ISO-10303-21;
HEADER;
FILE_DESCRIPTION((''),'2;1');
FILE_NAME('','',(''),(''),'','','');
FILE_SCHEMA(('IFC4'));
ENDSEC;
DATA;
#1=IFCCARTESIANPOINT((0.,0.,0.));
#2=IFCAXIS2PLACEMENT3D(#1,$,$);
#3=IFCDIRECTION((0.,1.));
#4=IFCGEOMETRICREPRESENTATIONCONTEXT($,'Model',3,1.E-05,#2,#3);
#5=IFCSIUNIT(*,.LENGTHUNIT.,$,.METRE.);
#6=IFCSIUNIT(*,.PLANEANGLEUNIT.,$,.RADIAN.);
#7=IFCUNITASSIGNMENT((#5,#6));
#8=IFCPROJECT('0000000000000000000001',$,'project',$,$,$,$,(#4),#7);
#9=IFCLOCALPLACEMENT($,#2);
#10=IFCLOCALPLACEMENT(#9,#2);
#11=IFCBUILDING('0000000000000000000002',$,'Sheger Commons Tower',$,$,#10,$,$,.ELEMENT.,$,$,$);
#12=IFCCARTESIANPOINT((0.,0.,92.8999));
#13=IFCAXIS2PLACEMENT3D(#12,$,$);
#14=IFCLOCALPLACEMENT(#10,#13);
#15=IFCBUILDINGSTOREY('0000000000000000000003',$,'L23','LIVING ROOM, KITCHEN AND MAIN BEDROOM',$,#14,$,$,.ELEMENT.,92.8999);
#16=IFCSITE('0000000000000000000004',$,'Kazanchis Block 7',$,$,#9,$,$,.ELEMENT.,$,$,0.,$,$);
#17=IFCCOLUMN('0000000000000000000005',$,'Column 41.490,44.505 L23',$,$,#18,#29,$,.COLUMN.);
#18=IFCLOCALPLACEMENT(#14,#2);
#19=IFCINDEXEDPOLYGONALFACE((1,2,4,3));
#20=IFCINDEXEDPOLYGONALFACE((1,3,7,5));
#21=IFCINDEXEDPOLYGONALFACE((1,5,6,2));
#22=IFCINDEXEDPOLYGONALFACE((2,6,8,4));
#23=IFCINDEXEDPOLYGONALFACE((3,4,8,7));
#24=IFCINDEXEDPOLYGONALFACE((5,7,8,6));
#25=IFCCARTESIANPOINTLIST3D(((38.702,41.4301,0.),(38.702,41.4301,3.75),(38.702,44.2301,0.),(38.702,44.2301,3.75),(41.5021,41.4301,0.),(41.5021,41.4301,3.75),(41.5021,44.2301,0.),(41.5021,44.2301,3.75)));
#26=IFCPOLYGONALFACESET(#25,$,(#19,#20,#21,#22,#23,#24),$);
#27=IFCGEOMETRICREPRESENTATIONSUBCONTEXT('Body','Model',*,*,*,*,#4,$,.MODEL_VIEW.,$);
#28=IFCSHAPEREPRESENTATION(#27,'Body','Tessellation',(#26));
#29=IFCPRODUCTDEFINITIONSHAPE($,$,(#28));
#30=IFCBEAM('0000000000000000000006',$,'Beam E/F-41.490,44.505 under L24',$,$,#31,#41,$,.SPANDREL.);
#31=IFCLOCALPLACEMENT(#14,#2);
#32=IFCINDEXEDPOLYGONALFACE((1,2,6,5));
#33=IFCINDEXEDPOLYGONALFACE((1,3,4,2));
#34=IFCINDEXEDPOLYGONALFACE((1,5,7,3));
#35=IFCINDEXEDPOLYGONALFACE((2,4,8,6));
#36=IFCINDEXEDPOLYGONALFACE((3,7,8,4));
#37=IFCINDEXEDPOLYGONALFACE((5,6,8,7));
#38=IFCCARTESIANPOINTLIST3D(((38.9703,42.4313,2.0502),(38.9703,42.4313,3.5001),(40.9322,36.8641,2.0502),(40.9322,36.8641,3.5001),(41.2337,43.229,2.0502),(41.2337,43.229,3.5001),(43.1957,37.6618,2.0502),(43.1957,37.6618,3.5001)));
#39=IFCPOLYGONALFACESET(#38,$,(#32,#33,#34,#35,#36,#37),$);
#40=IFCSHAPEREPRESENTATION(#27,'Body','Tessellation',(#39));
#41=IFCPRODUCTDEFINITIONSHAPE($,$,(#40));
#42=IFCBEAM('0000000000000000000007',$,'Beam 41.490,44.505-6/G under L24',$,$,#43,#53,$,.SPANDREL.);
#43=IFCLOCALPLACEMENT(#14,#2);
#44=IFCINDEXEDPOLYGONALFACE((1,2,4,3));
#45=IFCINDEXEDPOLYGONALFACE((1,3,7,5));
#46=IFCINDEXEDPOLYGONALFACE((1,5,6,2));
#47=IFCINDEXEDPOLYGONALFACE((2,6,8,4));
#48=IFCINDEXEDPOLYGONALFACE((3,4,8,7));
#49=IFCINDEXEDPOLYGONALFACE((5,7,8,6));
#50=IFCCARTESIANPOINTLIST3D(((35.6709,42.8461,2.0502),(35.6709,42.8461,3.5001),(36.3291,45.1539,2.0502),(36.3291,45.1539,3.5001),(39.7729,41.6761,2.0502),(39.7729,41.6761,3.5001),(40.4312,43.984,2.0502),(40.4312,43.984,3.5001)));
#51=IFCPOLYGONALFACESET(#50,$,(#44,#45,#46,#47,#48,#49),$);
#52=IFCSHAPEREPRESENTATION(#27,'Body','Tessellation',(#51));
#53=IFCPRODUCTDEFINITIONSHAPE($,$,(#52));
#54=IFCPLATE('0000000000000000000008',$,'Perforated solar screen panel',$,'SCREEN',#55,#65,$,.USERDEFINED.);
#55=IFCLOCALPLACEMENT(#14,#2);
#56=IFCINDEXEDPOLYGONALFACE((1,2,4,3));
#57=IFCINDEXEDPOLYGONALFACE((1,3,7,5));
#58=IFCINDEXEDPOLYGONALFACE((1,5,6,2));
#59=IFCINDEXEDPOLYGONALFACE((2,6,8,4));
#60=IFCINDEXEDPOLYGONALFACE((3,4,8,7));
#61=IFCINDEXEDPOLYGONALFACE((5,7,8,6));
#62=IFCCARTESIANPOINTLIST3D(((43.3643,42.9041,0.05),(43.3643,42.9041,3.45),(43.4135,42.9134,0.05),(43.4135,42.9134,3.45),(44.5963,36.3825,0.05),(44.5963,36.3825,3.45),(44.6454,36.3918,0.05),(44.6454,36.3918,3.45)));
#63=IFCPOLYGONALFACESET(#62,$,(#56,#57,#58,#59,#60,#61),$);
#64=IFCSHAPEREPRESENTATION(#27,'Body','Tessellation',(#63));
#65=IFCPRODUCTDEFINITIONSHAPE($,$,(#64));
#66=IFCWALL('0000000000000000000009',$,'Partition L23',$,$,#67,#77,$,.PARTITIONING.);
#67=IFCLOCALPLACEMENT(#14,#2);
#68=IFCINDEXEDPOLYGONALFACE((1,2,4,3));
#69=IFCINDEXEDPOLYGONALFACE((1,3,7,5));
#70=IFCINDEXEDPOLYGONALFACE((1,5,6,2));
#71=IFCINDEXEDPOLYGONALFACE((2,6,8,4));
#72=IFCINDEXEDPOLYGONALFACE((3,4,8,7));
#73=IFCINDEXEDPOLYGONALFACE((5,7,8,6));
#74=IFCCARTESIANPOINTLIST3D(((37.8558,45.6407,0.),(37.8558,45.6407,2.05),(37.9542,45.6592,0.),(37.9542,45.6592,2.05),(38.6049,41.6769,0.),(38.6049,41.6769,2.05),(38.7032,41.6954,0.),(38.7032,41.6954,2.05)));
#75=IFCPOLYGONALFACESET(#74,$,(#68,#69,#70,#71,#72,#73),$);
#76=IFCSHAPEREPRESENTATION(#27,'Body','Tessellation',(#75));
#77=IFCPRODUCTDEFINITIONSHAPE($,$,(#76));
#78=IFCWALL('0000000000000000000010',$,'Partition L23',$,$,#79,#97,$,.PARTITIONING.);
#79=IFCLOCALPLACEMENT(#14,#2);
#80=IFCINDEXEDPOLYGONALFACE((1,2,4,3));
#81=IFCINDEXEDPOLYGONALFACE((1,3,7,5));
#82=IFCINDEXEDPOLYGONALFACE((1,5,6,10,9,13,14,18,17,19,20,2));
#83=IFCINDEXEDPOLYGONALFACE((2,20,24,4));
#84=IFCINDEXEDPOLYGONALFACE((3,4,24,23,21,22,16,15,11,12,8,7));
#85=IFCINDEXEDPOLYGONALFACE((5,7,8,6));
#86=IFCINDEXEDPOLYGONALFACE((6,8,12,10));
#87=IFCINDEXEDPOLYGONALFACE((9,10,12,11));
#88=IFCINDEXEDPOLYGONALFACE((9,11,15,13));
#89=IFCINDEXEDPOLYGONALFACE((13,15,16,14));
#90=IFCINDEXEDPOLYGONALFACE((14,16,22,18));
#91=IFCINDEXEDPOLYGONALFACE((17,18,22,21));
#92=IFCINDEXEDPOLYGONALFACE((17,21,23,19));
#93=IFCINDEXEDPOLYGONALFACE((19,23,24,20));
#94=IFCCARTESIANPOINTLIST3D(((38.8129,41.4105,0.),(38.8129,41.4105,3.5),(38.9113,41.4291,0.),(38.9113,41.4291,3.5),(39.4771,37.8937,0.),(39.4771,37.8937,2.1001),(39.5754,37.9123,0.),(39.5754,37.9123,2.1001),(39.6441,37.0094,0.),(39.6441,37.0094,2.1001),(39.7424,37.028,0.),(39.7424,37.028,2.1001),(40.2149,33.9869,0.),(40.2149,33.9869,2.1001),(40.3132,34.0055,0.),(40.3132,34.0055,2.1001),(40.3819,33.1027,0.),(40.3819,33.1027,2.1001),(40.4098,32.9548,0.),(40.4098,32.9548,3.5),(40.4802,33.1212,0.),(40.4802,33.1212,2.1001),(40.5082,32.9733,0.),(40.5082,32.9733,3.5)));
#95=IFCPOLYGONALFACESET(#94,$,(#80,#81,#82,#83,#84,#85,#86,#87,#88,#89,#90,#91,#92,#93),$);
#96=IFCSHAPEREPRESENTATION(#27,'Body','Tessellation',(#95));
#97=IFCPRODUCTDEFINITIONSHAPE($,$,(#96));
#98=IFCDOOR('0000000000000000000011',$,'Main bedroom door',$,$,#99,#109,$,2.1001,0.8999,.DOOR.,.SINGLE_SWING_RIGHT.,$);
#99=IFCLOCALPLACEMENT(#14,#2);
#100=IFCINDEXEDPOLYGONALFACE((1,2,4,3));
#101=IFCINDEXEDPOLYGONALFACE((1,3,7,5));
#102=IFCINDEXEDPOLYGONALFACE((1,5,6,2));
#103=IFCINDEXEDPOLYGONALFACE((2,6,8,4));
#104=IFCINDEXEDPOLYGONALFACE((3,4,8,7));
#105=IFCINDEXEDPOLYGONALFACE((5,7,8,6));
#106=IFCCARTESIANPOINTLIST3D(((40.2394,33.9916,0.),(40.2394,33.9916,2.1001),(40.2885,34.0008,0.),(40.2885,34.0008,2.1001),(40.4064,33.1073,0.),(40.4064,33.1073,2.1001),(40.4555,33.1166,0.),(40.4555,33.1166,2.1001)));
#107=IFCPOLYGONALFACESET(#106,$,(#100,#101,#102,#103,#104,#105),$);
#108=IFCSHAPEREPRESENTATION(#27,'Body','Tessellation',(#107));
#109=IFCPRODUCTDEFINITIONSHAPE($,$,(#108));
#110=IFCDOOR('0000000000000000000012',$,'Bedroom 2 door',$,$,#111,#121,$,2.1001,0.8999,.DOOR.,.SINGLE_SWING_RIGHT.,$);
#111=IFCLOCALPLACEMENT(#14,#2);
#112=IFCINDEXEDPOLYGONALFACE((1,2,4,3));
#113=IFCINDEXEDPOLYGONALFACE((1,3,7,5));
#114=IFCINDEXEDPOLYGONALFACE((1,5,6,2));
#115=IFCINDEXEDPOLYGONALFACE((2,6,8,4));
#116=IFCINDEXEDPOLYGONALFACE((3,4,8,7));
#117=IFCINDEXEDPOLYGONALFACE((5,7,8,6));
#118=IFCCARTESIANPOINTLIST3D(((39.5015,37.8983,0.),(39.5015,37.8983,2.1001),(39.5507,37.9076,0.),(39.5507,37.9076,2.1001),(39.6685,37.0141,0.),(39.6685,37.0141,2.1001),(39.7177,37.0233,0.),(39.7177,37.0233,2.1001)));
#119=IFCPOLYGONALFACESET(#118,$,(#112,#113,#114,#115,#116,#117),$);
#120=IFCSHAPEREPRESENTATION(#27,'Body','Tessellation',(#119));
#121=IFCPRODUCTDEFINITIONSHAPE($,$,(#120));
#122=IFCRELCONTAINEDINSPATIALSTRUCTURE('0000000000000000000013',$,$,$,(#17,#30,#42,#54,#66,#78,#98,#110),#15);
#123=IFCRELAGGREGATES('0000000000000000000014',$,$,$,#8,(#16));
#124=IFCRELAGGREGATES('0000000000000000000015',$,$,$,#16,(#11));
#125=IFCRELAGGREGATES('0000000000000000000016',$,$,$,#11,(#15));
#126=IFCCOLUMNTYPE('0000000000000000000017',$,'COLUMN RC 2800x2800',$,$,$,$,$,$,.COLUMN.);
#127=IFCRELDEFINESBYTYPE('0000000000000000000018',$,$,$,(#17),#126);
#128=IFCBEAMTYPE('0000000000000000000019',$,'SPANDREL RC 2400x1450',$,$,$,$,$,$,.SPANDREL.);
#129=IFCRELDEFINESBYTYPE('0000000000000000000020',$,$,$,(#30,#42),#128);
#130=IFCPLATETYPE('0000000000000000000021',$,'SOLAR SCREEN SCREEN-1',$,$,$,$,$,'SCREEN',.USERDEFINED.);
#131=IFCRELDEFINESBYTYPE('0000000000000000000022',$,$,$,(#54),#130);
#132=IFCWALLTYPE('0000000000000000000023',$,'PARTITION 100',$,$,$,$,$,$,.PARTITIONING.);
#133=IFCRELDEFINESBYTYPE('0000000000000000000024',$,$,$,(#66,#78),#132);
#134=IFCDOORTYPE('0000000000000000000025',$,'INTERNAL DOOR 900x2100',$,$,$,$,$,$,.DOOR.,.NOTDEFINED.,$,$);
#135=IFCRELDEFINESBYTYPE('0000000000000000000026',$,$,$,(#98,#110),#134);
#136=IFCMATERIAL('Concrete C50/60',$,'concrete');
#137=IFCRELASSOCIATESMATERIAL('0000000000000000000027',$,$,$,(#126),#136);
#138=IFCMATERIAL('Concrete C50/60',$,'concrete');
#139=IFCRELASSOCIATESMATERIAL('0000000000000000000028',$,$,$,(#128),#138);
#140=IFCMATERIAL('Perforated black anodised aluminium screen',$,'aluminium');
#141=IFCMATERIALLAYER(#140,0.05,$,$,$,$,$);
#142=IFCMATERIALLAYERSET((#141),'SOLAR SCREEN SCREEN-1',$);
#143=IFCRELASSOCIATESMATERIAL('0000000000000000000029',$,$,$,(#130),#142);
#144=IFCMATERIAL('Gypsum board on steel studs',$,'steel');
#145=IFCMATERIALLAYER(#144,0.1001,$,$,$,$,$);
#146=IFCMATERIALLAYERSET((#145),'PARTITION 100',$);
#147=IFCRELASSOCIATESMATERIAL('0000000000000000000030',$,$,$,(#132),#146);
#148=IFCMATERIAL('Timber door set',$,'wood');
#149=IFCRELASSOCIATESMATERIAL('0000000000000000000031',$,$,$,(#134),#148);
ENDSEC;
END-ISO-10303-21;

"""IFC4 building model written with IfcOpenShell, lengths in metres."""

from ifc_helpers import new_model, si_unit, direction, frame, frame_2d, origin, origin_2d, place, context, subcontext, project, spatial, rectangle, extrude, material, layer, layer_set, material_profile, profile_set, type_object, element, fill, save


model = new_model("IFC4")

# Units and contexts
model_context = context("Model", 3, precision=1e-05, world=origin(), true_north=direction((0.0, 1.0)))
body_context = subcontext(model_context, "Body", "Model", "MODEL_VIEW")
ifc_project = project(units=[si_unit("LENGTHUNIT", "METRE"), si_unit("PLANEANGLEUNIT", "RADIAN")], contexts=[model_context])

# Site, building, storey
site_placement = place(None, origin())
site = spatial("IfcSite", under=ifc_project, at=site_placement, Name="Kazanchis Block 7", CompositionType="ELEMENT", RefElevation=0.0)
building_placement = place(site_placement, origin())
building = spatial("IfcBuilding", under=site, at=building_placement, Name="Sheger Commons Tower", CompositionType="ELEMENT")
storey_placement = place(building_placement, frame((0.0, 0.0, 92.8999)))
storey = spatial("IfcBuildingStorey", under=building, at=storey_placement, Name="L23", Description="LIVING ROOM, KITCHEN AND MAIN BEDROOM", CompositionType="ELEMENT", Elevation=92.8999)

# Column
ifc_material_1 = material(Name="Concrete C50/60", Category="concrete")
ifc_material_profile_1 = material_profile(ifc_material_1, rectangle(XDim=2.8, YDim=2.8, at=origin_2d()), Name="RC 2800x2800")
ifc_profile_set_1 = profile_set([ifc_material_profile_1], Name="Concrete C50/60")
column_type = type_object("IfcColumnType", Name="COLUMN RC 2800x2800", PredefinedType="COLUMN", material=ifc_profile_set_1)
column_placement = place(storey_placement, frame((40.1021, 42.8301, 0.0), z_axis=(0.0, 0.0, 1.0), x_axis=(1.0, 0.0, 0.0)))
element("IfcColumn", 1, at=column_placement, inside=storey, type_object=column_type, Name="Column 41.490,44.505 L23", PredefinedType="COLUMN", context=body_context, shape_type="SweptSolid", body=[
    extrude(rectangle(XDim=2.8, YDim=2.8, at=origin_2d()), origin(), (0.0, 0.0, 1.0), 3.75),
])

# Beams
ifc_material_2 = material(Name="Concrete C50/60", Category="concrete")
ifc_material_profile_2 = material_profile(ifc_material_2, rectangle(XDim=2.3999, YDim=1.45, at=origin_2d()), Name="RC 2400x1450")
ifc_profile_set_2 = profile_set([ifc_material_profile_2], Name="Concrete C50/60")
beam_type = type_object("IfcBeamType", Name="SPANDREL RC 2400x1450", PredefinedType="SPANDREL", material=ifc_profile_set_2)
beam_1_placement = place(storey_placement, frame((42.064, 37.2629, 2.7751), z_axis=(-0.332374, 0.943148, 0.0), x_axis=(-0.943148, -0.332374, 0.0)))
element("IfcBeam", 2, at=beam_1_placement, inside=storey, type_object=beam_type, Name="Beam E/F-41.490,44.505 under L24", PredefinedType="SPANDREL", context=body_context, shape_type="SweptSolid", body=[
    extrude(rectangle(XDim=2.3999, YDim=1.45, at=origin_2d()), origin(), (0.0, 0.0, 1.0), 5.9028),
])
beam_2_placement = place(storey_placement, frame((40.1021, 42.8301, 2.7751), z_axis=(-0.961653, 0.274268, 0.0), x_axis=(-0.274268, -0.961653, 0.0)))
element("IfcBeam", 3, at=beam_2_placement, inside=storey, type_object=beam_type, Name="Beam 41.490,44.505-6/G under L24", PredefinedType="SPANDREL", context=body_context, shape_type="SweptSolid", body=[
    extrude(rectangle(XDim=2.3999, YDim=1.45, at=origin_2d()), origin(), (0.0, 0.0, 1.0), 4.2656),
])

# Plate
ifc_material_3 = material(Name="Perforated black anodised aluminium screen", Category="aluminium")
ifc_layer_1 = layer(ifc_material_3, 0.05)
ifc_layer_set_1 = layer_set([ifc_layer_1], Name="SOLAR SCREEN SCREEN-1")
plate_type = type_object("IfcPlateType", Name="SOLAR SCREEN SCREEN-1", ElementType="SCREEN", PredefinedType="USERDEFINED", material=ifc_layer_set_1)
plate_placement = place(storey_placement, frame((44.0049, 39.6479, 0.05), z_axis=(0.0, 0.0, 1.0), x_axis=(-0.185615, 0.982623, 0.0)))
element("IfcPlate", 4, at=plate_placement, inside=storey, type_object=plate_type, Name="Perforated solar screen panel", ObjectType="SCREEN", PredefinedType="USERDEFINED", context=body_context, shape_type="SweptSolid", body=[
    extrude(rectangle(XDim=6.637, YDim=0.05, at=origin_2d()), origin(), (0.0, 0.0, 1.0), 3.3999),
])

# Wall
ifc_material_4 = material(Name="Gypsum board on steel studs", Category="steel")
ifc_layer_2 = layer(ifc_material_4, 0.1001)
ifc_layer_set_2 = layer_set([ifc_layer_2], Name="PARTITION 100")
wall_type = type_object("IfcWallType", Name="PARTITION 100", PredefinedType="PARTITIONING", material=ifc_layer_set_2)
wall_1_placement = place(storey_placement, frame((38.6541, 41.686, 0.0), z_axis=(0.0, 0.0, 1.0), x_axis=(-0.185677, 0.982611, 0.0)))
element("IfcWall", 5, at=wall_1_placement, inside=storey, type_object=wall_type, Name="Partition L23", PredefinedType="PARTITIONING", context=body_context, shape_type="SweptSolid", body=[
    extrude(rectangle(XDim=4.0339, YDim=0.1001, at=frame_2d((2.0171, 0.0))), origin(), (0.0, 0.0, 1.0), 2.05),
])

# Wall, openings, doors
wall_2_placement = place(storey_placement, frame((38.8621, 41.4199, 0.0), z_axis=(0.0, 0.0, 1.0), x_axis=(0.185575, -0.98263, 0.0)))
wall_2 = element("IfcWall", 6, at=wall_2_placement, inside=storey, type_object=wall_type, Name="Partition L23", PredefinedType="PARTITIONING", context=body_context, shape_type="SweptSolid", body=[
    extrude(rectangle(XDim=8.6052, YDim=0.1001, at=frame_2d((4.3027, 0.0))), origin(), (0.0, 0.0, 1.0), 3.5),
])
opening_1_placement = place(wall_2_placement, frame((7.5549, 0.0, 0.0)))
opening_1 = element("IfcOpeningElement", 7, at=opening_1_placement, cuts=wall_2, PredefinedType="OPENING", context=body_context, shape_type="SweptSolid", body=[
    extrude(rectangle(XDim=0.8999, YDim=2.1001, at=frame_2d((0.45, 1.05))), frame((0.0, 0.0601, 0.0), z_axis=(0.0, -1.0, 0.0), x_axis=(1.0, 0.0, 0.0)), (0.0, 0.0, 1.0), 0.1201),
])
opening_2_placement = place(wall_2_placement, frame((3.5791, 0.0, 0.0)))
opening_2 = element("IfcOpeningElement", 8, at=opening_2_placement, cuts=wall_2, PredefinedType="OPENING", context=body_context, shape_type="SweptSolid", body=[
    extrude(rectangle(XDim=0.8999, YDim=2.1001, at=frame_2d((0.45, 1.05))), frame((0.0, 0.0601, 0.0), z_axis=(0.0, -1.0, 0.0), x_axis=(1.0, 0.0, 0.0)), (0.0, 0.0, 1.0), 0.1201),
])
ifc_material_5 = material(Name="Timber door set", Category="wood")
door_type = type_object("IfcDoorType", Name="INTERNAL DOOR 900x2100", OperationType="NOTDEFINED", PredefinedType="DOOR", material=ifc_material_5)
door_1_placement = place(opening_1_placement, origin())
door_1 = element("IfcDoor", 9, at=door_1_placement, inside=storey, type_object=door_type, Name="Main bedroom door", OperationType="SINGLE_SWING_RIGHT", OverallHeight=2.1001, OverallWidth=0.8999, PredefinedType="DOOR", context=body_context, shape_type="SweptSolid", body=[
    extrude(rectangle(XDim=0.8999, YDim=2.1001, at=frame_2d((0.45, 1.05))), frame((0.0, 0.0249, 0.0), z_axis=(0.0, -1.0, 0.0), x_axis=(1.0, 0.0, 0.0)), (0.0, 0.0, 1.0), 0.05),
])
fill(opening_1, door_1)
door_2_placement = place(opening_2_placement, origin())
door_2 = element("IfcDoor", 10, at=door_2_placement, inside=storey, type_object=door_type, Name="Bedroom 2 door", OperationType="SINGLE_SWING_RIGHT", OverallHeight=2.1001, OverallWidth=0.8999, PredefinedType="DOOR", context=body_context, shape_type="SweptSolid", body=[
    extrude(rectangle(XDim=0.8999, YDim=2.1001, at=frame_2d((0.45, 1.05))), frame((0.0, 0.0249, 0.0), z_axis=(0.0, -1.0, 0.0), x_axis=(1.0, 0.0, 0.0)), (0.0, 0.0, 1.0), 0.05),
])
fill(opening_2, door_2)

save(model, "model.ifc")
